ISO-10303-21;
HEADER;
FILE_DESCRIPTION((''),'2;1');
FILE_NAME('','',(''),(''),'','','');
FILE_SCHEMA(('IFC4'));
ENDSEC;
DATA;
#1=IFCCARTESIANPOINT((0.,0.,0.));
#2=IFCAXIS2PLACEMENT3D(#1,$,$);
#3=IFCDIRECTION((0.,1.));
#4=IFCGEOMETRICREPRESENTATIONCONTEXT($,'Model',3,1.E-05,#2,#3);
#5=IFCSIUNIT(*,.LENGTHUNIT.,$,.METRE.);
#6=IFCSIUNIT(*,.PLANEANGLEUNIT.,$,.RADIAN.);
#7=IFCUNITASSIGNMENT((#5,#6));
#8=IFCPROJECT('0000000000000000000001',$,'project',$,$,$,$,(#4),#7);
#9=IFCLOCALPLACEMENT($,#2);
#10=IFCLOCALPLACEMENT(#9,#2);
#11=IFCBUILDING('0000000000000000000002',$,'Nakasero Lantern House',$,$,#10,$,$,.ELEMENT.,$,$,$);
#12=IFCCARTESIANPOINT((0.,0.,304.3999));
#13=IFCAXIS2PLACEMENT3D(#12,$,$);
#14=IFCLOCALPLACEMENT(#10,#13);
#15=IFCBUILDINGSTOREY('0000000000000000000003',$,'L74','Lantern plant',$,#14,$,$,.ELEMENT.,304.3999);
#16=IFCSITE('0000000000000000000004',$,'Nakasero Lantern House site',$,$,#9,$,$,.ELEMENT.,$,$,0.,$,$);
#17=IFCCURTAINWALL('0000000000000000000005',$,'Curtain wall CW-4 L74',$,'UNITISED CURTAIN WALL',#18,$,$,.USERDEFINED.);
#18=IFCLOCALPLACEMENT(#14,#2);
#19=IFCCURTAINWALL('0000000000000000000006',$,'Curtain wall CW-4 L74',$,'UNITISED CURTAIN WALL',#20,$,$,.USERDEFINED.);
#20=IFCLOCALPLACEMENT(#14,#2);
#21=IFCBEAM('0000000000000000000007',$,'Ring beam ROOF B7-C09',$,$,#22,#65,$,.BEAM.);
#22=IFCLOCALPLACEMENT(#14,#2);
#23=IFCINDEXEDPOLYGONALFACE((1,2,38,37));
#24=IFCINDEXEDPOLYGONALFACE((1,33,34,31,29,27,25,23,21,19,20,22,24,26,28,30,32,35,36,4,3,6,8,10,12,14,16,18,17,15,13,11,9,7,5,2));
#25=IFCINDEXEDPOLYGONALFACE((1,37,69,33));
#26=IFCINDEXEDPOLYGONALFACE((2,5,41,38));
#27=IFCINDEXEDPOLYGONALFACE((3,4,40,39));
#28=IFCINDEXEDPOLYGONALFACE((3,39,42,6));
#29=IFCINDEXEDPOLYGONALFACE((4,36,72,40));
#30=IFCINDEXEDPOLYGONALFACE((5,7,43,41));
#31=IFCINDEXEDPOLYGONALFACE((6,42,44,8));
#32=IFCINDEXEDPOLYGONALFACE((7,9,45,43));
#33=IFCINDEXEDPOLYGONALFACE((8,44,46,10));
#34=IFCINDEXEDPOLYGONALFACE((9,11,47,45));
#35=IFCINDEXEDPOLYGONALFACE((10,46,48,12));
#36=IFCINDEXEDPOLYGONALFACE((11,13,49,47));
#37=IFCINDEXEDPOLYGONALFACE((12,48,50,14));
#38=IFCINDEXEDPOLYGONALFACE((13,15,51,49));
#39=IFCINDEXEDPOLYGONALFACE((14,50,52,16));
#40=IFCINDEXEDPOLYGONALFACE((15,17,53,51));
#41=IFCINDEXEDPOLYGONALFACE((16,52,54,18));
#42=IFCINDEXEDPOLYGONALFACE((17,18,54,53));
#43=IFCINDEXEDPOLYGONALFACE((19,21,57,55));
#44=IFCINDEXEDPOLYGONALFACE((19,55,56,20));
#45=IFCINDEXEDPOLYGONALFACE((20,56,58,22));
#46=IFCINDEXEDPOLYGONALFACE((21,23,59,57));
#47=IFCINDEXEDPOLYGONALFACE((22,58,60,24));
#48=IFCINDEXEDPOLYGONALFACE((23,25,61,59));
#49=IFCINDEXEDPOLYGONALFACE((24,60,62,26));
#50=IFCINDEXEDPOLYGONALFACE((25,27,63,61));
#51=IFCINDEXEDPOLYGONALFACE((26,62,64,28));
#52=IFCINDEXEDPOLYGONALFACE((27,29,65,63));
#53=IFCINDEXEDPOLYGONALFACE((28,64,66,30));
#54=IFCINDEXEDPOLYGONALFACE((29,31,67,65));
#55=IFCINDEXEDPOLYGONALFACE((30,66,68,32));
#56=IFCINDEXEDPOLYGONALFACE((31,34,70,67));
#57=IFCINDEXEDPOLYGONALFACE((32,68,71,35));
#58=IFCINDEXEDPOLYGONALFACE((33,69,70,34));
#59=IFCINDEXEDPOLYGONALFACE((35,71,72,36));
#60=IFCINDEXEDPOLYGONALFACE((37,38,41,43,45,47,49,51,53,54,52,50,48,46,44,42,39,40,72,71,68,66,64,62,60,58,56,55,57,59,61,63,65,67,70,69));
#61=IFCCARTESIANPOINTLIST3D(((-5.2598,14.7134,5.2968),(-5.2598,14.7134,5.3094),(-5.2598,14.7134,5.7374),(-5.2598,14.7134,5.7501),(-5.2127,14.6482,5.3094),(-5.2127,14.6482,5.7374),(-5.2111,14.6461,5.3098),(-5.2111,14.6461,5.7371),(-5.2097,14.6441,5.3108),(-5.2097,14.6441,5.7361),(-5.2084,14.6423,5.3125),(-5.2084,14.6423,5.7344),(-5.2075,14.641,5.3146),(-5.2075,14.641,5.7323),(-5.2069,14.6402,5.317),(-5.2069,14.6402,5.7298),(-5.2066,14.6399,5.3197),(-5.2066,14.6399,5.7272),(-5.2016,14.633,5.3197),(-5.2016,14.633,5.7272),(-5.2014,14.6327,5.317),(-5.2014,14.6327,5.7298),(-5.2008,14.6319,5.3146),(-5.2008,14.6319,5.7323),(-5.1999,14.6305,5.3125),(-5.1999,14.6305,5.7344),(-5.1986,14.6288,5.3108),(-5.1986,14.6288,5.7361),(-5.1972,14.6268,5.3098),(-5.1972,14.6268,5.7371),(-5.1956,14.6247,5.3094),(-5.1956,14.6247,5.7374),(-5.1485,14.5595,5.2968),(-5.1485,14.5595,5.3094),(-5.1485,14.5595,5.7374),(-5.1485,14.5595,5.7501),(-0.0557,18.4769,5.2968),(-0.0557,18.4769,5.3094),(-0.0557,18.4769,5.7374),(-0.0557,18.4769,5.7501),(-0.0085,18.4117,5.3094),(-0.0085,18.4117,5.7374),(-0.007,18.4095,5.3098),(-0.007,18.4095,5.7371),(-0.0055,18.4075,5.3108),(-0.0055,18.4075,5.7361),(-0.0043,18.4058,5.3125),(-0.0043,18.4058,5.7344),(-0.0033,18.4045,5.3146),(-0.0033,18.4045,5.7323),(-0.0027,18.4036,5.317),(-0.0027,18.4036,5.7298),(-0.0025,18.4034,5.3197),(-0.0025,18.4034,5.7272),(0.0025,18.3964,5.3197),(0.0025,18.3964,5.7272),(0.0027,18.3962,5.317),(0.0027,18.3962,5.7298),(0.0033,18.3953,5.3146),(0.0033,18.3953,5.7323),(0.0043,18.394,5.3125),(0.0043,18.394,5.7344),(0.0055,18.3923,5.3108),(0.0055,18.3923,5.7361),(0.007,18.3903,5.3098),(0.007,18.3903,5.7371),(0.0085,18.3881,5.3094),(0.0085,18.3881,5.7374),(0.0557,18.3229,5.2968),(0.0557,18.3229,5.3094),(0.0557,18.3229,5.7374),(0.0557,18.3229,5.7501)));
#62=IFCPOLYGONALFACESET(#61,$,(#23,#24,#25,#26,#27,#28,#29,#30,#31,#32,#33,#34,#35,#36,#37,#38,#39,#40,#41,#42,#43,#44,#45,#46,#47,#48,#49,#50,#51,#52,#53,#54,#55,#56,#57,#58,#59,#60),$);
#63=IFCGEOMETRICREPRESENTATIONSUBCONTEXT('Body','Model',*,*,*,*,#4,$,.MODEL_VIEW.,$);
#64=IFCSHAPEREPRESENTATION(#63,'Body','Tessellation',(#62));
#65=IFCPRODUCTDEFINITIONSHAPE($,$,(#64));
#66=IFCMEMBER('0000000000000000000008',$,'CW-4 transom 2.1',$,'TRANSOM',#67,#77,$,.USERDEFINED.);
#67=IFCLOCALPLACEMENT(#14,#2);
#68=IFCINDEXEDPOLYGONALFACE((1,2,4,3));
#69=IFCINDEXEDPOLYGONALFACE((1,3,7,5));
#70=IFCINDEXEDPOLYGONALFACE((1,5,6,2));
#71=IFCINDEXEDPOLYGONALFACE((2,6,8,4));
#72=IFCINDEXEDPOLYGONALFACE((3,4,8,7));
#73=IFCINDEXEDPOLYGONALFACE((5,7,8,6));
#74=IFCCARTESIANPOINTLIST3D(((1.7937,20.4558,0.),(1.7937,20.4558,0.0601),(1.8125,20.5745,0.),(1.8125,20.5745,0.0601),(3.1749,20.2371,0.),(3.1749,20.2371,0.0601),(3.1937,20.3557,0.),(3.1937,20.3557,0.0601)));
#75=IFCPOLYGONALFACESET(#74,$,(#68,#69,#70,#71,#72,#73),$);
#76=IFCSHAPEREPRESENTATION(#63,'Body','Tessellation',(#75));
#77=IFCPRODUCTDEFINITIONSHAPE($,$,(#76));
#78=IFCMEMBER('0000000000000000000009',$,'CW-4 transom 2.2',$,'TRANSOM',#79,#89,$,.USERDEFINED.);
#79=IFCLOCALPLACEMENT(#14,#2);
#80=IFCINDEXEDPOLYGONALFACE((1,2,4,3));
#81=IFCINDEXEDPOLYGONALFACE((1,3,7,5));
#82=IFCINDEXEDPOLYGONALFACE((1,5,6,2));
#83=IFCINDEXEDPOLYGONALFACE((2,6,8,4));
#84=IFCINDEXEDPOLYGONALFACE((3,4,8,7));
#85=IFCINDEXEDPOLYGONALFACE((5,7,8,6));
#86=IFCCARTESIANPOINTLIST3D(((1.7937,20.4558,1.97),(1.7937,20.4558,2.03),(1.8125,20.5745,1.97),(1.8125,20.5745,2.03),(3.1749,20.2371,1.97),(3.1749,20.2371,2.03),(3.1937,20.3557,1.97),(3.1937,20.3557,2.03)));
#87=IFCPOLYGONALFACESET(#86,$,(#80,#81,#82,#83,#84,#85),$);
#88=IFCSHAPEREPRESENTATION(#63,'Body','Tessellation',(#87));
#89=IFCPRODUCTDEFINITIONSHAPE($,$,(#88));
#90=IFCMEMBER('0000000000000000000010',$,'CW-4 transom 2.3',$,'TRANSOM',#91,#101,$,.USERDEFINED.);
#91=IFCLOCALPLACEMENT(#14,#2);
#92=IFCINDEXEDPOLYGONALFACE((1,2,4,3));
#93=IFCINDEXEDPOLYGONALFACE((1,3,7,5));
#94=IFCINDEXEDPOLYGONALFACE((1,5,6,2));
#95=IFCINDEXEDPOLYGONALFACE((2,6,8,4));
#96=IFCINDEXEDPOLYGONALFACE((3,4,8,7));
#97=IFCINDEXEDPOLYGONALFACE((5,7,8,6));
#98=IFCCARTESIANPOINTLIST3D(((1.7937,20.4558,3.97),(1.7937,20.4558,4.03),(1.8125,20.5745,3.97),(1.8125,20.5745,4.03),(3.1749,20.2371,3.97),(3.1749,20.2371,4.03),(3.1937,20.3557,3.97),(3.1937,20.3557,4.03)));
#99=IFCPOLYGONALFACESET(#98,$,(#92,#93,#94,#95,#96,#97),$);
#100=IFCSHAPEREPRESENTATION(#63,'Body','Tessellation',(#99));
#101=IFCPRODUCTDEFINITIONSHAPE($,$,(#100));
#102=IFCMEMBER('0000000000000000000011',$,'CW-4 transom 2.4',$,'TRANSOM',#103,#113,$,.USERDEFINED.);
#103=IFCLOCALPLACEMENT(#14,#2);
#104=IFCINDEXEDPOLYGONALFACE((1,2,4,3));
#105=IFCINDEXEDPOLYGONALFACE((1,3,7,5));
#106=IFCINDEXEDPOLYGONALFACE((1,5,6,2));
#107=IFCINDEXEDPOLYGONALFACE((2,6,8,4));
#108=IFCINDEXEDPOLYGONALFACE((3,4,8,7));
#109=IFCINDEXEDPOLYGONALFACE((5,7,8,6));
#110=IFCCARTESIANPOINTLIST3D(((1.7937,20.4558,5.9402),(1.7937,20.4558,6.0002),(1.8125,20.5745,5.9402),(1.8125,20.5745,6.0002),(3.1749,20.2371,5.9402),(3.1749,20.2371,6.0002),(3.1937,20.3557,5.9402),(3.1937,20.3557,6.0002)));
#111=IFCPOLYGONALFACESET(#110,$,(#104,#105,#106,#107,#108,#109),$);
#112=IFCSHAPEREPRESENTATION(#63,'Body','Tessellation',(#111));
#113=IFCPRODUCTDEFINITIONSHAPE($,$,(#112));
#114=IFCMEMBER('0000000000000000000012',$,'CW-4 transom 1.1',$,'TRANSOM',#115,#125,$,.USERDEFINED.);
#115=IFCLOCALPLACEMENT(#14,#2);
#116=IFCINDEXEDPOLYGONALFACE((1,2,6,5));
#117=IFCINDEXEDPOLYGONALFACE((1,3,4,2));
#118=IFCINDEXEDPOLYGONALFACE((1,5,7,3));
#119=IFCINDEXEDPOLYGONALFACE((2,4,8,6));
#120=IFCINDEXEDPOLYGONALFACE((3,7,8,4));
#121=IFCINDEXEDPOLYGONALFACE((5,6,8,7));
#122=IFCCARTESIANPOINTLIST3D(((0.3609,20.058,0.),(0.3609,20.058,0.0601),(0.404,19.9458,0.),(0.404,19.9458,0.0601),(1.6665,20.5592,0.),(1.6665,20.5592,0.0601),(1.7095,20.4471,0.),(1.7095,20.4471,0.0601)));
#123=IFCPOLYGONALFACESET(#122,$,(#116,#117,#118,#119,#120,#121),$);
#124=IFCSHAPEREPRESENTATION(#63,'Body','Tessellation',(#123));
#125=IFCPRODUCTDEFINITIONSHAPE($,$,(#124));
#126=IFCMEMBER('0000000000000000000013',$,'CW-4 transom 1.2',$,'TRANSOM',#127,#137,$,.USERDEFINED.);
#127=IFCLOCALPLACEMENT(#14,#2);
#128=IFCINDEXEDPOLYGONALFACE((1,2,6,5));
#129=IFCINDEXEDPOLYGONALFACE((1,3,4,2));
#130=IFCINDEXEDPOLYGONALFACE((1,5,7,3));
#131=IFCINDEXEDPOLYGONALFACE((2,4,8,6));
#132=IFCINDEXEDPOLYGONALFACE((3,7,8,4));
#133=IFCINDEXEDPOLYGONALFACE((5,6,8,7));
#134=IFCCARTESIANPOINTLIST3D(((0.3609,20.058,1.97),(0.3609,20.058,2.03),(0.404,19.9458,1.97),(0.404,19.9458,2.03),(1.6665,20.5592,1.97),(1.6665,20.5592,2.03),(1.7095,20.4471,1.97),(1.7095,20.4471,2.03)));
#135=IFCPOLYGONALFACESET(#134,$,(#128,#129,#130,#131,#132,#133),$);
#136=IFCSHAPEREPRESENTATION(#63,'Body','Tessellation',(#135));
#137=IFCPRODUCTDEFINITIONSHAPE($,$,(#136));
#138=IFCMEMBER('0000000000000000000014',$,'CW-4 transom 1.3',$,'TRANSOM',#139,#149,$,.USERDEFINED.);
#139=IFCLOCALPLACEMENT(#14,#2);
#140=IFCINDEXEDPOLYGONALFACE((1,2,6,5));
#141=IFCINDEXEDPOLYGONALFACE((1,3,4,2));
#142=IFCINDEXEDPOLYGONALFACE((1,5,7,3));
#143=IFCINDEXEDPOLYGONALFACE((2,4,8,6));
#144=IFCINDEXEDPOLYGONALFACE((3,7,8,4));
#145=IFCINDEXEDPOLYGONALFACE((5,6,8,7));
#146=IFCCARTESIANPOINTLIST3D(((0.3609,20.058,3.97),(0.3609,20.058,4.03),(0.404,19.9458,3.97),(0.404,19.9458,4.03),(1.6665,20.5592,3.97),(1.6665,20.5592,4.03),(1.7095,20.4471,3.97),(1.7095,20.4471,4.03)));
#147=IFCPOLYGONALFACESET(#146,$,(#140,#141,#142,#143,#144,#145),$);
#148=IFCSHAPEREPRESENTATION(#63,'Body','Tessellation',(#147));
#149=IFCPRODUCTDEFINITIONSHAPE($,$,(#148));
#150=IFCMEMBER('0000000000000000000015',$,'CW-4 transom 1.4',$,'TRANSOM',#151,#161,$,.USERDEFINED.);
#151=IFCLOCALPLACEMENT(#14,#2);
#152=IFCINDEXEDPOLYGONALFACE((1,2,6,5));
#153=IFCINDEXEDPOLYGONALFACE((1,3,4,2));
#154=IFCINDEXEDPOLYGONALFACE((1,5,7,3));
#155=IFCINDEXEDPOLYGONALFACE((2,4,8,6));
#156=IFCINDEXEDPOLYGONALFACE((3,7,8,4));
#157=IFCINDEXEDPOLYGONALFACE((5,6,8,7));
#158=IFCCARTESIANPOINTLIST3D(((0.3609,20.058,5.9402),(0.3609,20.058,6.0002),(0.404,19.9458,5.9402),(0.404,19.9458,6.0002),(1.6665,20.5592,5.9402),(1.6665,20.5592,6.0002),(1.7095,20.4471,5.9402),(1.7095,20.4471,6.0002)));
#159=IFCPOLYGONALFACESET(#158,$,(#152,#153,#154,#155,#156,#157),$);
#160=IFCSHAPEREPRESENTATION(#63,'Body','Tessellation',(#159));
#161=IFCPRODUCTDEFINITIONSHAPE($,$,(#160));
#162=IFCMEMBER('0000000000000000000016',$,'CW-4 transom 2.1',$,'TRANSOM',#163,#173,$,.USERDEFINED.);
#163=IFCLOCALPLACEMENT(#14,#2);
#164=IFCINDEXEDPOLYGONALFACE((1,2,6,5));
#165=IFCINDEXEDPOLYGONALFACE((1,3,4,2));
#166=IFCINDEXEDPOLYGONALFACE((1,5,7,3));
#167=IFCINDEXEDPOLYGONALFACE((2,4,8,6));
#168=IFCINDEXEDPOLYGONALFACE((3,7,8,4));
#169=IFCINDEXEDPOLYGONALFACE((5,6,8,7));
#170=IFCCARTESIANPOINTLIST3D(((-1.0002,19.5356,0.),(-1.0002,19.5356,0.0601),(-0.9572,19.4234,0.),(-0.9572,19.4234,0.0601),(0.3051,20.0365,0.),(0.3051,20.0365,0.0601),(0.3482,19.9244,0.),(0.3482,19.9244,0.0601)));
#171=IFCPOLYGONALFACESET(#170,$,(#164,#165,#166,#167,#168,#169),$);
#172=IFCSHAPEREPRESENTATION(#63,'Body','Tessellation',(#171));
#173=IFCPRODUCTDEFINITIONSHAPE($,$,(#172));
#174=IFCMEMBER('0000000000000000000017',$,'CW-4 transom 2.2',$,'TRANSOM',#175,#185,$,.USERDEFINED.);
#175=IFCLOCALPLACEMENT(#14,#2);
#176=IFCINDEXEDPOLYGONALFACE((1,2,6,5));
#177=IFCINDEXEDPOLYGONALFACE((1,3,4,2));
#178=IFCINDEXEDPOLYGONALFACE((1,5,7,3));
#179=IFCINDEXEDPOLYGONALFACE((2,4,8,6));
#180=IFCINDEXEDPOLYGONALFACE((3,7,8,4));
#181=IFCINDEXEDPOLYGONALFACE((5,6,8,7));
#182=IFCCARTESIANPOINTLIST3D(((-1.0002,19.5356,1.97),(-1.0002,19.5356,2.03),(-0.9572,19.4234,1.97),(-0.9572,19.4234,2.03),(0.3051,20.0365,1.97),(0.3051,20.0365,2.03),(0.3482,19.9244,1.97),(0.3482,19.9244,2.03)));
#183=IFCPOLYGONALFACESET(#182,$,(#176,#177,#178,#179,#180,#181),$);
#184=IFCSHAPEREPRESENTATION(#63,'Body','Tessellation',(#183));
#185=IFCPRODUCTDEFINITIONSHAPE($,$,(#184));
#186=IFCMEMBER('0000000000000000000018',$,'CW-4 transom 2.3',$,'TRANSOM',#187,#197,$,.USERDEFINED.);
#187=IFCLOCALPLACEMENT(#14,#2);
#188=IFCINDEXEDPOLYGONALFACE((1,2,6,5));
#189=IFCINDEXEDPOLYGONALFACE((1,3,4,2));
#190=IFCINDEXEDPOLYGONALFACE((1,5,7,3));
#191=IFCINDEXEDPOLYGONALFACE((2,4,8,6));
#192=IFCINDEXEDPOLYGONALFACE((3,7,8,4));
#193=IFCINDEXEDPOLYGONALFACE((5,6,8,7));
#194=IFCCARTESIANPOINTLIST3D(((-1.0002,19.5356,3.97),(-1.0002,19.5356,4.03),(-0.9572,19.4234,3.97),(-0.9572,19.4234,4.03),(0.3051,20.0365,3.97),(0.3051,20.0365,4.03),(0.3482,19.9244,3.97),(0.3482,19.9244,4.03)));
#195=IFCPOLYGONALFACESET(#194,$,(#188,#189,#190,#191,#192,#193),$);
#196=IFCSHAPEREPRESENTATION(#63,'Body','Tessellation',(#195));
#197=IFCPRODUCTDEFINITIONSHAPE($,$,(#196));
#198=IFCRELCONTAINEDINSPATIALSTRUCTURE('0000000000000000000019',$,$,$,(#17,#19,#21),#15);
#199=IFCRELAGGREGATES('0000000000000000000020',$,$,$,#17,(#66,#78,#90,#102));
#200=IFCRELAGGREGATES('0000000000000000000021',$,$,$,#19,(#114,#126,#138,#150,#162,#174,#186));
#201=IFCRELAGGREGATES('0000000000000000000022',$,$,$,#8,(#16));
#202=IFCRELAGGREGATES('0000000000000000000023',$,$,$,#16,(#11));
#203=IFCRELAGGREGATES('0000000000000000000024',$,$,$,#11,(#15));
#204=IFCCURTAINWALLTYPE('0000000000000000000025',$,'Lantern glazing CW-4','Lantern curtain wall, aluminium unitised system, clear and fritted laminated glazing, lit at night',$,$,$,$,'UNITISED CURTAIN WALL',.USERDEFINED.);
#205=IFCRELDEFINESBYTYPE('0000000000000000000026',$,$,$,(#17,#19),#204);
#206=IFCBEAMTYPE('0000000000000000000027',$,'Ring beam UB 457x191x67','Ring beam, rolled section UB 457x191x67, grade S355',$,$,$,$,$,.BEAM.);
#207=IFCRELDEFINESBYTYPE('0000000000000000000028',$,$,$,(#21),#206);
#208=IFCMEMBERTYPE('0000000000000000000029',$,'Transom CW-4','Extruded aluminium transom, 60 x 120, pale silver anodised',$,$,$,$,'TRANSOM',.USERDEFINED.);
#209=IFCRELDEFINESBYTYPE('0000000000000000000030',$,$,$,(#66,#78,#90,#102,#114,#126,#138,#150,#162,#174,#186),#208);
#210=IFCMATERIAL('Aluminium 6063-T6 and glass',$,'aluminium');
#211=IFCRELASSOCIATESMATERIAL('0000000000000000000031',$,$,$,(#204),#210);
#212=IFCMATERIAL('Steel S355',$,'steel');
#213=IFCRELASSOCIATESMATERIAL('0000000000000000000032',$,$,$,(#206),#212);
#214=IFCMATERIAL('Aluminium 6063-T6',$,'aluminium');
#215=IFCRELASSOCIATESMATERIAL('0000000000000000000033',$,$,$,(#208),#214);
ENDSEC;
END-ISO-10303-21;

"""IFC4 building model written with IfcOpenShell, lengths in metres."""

from ifc_helpers import new_model, si_unit, direction, frame, origin, origin_2d, place, context, subcontext, project, spatial, rectangle, i_section, extrude, material, material_profile, profile_set, type_object, element, aggregate, save


model = new_model("IFC4")

# Units and contexts
model_context = context("Model", 3, precision=1e-05, world=origin(), true_north=direction((0.0, 1.0)))
body_context = subcontext(model_context, "Body", "Model", "MODEL_VIEW")
ifc_project = project(units=[si_unit("LENGTHUNIT", "METRE"), si_unit("PLANEANGLEUNIT", "RADIAN")], contexts=[model_context])

# Site, building, storey
site_placement = place(None, origin())
site = spatial("IfcSite", under=ifc_project, at=site_placement, Name="Nakasero Lantern House site", CompositionType="ELEMENT", RefElevation=0.0)
building_placement = place(site_placement, origin())
building = spatial("IfcBuilding", under=site, at=building_placement, Name="Nakasero Lantern House", CompositionType="ELEMENT")
storey_placement = place(building_placement, frame((0.0, 0.0, 304.3999)))
storey = spatial("IfcBuildingStorey", under=building, at=storey_placement, Name="L74", Description="Lantern plant", CompositionType="ELEMENT", Elevation=304.3999)

# Curtain wall
ifc_material_1 = material(Name="Aluminium 6063-T6 and glass", Category="aluminium")
curtain_wall_type = type_object("IfcCurtainWallType", Name="Lantern glazing CW-4", Description="Lantern curtain wall, aluminium unitised system, clear and fritted laminated glazing, lit at night", ElementType="UNITISED CURTAIN WALL", PredefinedType="USERDEFINED", material=ifc_material_1)
curtain_wall_1_placement = place(storey_placement, origin())
curtain_wall_1 = element("IfcCurtainWall", 1, at=curtain_wall_1_placement, inside=storey, type_object=curtain_wall_type, Name="Curtain wall CW-4 L74", ObjectType="UNITISED CURTAIN WALL", PredefinedType="USERDEFINED")

# Curtain wall
curtain_wall_2_placement = place(storey_placement, origin())
curtain_wall_2 = element("IfcCurtainWall", 2, at=curtain_wall_2_placement, inside=storey, type_object=curtain_wall_type, Name="Curtain wall CW-4 L74", ObjectType="UNITISED CURTAIN WALL", PredefinedType="USERDEFINED")

# Beam
ifc_material_2 = material(Name="Steel S355", Category="steel")
ifc_material_profile_1 = material_profile(ifc_material_2, i_section(OverallWidth=0.1899, OverallDepth=0.4534, WebThickness=0.0085, FlangeThickness=0.0127, FilletRadius=0.0103, at=origin_2d()), Name="UB 457x191x67")
ifc_profile_set_1 = profile_set([ifc_material_profile_1], Name="Steel S355")
beam_type_1 = type_object("IfcBeamType", Name="Ring beam UB 457x191x67", Description="Ring beam, rolled section UB 457x191x67, grade S355", PredefinedType="BEAM", material=ifc_profile_set_1)
beam_1_placement = place(storey_placement, frame((0.0, 18.3999, 5.5234), z_axis=(-0.810316, -0.585993, 0.0), x_axis=(0.585993, -0.810316, 0.0)))
element("IfcBeam", 3, at=beam_1_placement, inside=storey, type_object=beam_type_1, Name="Ring beam ROOF B7-C09", PredefinedType="BEAM", context=body_context, shape_type="SweptSolid", body=[
    extrude(i_section(OverallWidth=0.1899, OverallDepth=0.4534, WebThickness=0.0085, FlangeThickness=0.0127, FilletRadius=0.0103, at=origin_2d()), origin(), (0.0, 0.0, 1.0), 6.4224),
])

# Members
ifc_material_3 = material(Name="Aluminium 6063-T6", Category="aluminium")
ifc_material_profile_2 = material_profile(ifc_material_3, rectangle(XDim=0.0601, YDim=0.1201, at=origin_2d()), Name="CW-4 transom 60x120")
ifc_profile_set_2 = profile_set([ifc_material_profile_2], Name="Aluminium 6063-T6")
member_type_1 = type_object("IfcMemberType", Name="Transom CW-4", Description="Extruded aluminium transom, 60 x 120, pale silver anodised", ElementType="TRANSOM", PredefinedType="USERDEFINED", material=ifc_profile_set_2)
member_1_placement = place(storey_placement, frame((3.1843, 20.2964, 0.03), z_axis=(-0.987688, 0.156438, 0.0), x_axis=(0.0, 0.0, 1.0)))
member_1 = element("IfcMember", 4, at=member_1_placement, type_object=member_type_1, Name="CW-4 transom 2.1", ObjectType="TRANSOM", PredefinedType="USERDEFINED", context=body_context, shape_type="SweptSolid", body=[
    extrude(rectangle(XDim=0.0601, YDim=0.1201, at=origin_2d()), origin(), (0.0, 0.0, 1.0), 1.3984),
])
member_2_placement = place(storey_placement, frame((3.1843, 20.2964, 2.0), z_axis=(-0.987688, 0.156438, 0.0), x_axis=(0.0, 0.0, 1.0)))
member_2 = element("IfcMember", 5, at=member_2_placement, type_object=member_type_1, Name="CW-4 transom 2.2", ObjectType="TRANSOM", PredefinedType="USERDEFINED", context=body_context, shape_type="SweptSolid", body=[
    extrude(rectangle(XDim=0.0601, YDim=0.1201, at=origin_2d()), origin(), (0.0, 0.0, 1.0), 1.3984),
])
member_3_placement = place(storey_placement, frame((3.1843, 20.2964, 4.0), z_axis=(-0.987688, 0.156438, 0.0), x_axis=(0.0, 0.0, 1.0)))
member_3 = element("IfcMember", 6, at=member_3_placement, type_object=member_type_1, Name="CW-4 transom 2.3", ObjectType="TRANSOM", PredefinedType="USERDEFINED", context=body_context, shape_type="SweptSolid", body=[
    extrude(rectangle(XDim=0.0601, YDim=0.1201, at=origin_2d()), origin(), (0.0, 0.0, 1.0), 1.3984),
])
member_4_placement = place(storey_placement, frame((3.1843, 20.2964, 5.9702), z_axis=(-0.987688, 0.156438, 0.0), x_axis=(0.0, 0.0, 1.0)))
member_4 = element("IfcMember", 7, at=member_4_placement, type_object=member_type_1, Name="CW-4 transom 2.4", ObjectType="TRANSOM", PredefinedType="USERDEFINED", context=body_context, shape_type="SweptSolid", body=[
    extrude(rectangle(XDim=0.0601, YDim=0.1201, at=origin_2d()), origin(), (0.0, 0.0, 1.0), 1.3984),
])
member_5_placement = place(storey_placement, frame((1.688, 20.5032, 0.03), z_axis=(-0.933552, -0.358441, 0.0), x_axis=(0.0, 0.0, 1.0)))
member_5 = element("IfcMember", 8, at=member_5_placement, type_object=member_type_1, Name="CW-4 transom 1.1", ObjectType="TRANSOM", PredefinedType="USERDEFINED", context=body_context, shape_type="SweptSolid", body=[
    extrude(rectangle(XDim=0.0601, YDim=0.1201, at=origin_2d()), origin(), (0.0, 0.0, 1.0), 1.3984),
])
member_6_placement = place(storey_placement, frame((1.688, 20.5032, 2.0), z_axis=(-0.933552, -0.358441, 0.0), x_axis=(0.0, 0.0, 1.0)))
member_6 = element("IfcMember", 9, at=member_6_placement, type_object=member_type_1, Name="CW-4 transom 1.2", ObjectType="TRANSOM", PredefinedType="USERDEFINED", context=body_context, shape_type="SweptSolid", body=[
    extrude(rectangle(XDim=0.0601, YDim=0.1201, at=origin_2d()), origin(), (0.0, 0.0, 1.0), 1.3984),
])
member_7_placement = place(storey_placement, frame((1.688, 20.5032, 4.0), z_axis=(-0.933552, -0.358441, 0.0), x_axis=(0.0, 0.0, 1.0)))
member_7 = element("IfcMember", 10, at=member_7_placement, type_object=member_type_1, Name="CW-4 transom 1.3", ObjectType="TRANSOM", PredefinedType="USERDEFINED", context=body_context, shape_type="SweptSolid", body=[
    extrude(rectangle(XDim=0.0601, YDim=0.1201, at=origin_2d()), origin(), (0.0, 0.0, 1.0), 1.3984),
])
member_8_placement = place(storey_placement, frame((1.688, 20.5032, 5.9702), z_axis=(-0.933552, -0.358441, 0.0), x_axis=(0.0, 0.0, 1.0)))
member_8 = element("IfcMember", 11, at=member_8_placement, type_object=member_type_1, Name="CW-4 transom 1.4", ObjectType="TRANSOM", PredefinedType="USERDEFINED", context=body_context, shape_type="SweptSolid", body=[
    extrude(rectangle(XDim=0.0601, YDim=0.1201, at=origin_2d()), origin(), (0.0, 0.0, 1.0), 1.3984),
])
member_9_placement = place(storey_placement, frame((0.3267, 19.9805, 0.03), z_axis=(-0.933611, -0.358289, 0.0), x_axis=(0.0, 0.0, 1.0)))
member_9 = element("IfcMember", 12, at=member_9_placement, type_object=member_type_1, Name="CW-4 transom 2.1", ObjectType="TRANSOM", PredefinedType="USERDEFINED", context=body_context, shape_type="SweptSolid", body=[
    extrude(rectangle(XDim=0.0601, YDim=0.1201, at=origin_2d()), origin(), (0.0, 0.0, 1.0), 1.3982),
])
member_10_placement = place(storey_placement, frame((0.3267, 19.9805, 2.0), z_axis=(-0.933611, -0.358289, 0.0), x_axis=(0.0, 0.0, 1.0)))
member_10 = element("IfcMember", 13, at=member_10_placement, type_object=member_type_1, Name="CW-4 transom 2.2", ObjectType="TRANSOM", PredefinedType="USERDEFINED", context=body_context, shape_type="SweptSolid", body=[
    extrude(rectangle(XDim=0.0601, YDim=0.1201, at=origin_2d()), origin(), (0.0, 0.0, 1.0), 1.3982),
])
member_11_placement = place(storey_placement, frame((0.3267, 19.9805, 4.0), z_axis=(-0.933611, -0.358289, 0.0), x_axis=(0.0, 0.0, 1.0)))
member_11 = element("IfcMember", 14, at=member_11_placement, type_object=member_type_1, Name="CW-4 transom 2.3", ObjectType="TRANSOM", PredefinedType="USERDEFINED", context=body_context, shape_type="SweptSolid", body=[
    extrude(rectangle(XDim=0.0601, YDim=0.1201, at=origin_2d()), origin(), (0.0, 0.0, 1.0), 1.3982),
])

aggregate(curtain_wall_1, [member_1, member_2, member_3, member_4])
aggregate(curtain_wall_2, [member_5, member_6, member_7, member_8, member_9, member_10, member_11])

save(model, "model.ifc")
